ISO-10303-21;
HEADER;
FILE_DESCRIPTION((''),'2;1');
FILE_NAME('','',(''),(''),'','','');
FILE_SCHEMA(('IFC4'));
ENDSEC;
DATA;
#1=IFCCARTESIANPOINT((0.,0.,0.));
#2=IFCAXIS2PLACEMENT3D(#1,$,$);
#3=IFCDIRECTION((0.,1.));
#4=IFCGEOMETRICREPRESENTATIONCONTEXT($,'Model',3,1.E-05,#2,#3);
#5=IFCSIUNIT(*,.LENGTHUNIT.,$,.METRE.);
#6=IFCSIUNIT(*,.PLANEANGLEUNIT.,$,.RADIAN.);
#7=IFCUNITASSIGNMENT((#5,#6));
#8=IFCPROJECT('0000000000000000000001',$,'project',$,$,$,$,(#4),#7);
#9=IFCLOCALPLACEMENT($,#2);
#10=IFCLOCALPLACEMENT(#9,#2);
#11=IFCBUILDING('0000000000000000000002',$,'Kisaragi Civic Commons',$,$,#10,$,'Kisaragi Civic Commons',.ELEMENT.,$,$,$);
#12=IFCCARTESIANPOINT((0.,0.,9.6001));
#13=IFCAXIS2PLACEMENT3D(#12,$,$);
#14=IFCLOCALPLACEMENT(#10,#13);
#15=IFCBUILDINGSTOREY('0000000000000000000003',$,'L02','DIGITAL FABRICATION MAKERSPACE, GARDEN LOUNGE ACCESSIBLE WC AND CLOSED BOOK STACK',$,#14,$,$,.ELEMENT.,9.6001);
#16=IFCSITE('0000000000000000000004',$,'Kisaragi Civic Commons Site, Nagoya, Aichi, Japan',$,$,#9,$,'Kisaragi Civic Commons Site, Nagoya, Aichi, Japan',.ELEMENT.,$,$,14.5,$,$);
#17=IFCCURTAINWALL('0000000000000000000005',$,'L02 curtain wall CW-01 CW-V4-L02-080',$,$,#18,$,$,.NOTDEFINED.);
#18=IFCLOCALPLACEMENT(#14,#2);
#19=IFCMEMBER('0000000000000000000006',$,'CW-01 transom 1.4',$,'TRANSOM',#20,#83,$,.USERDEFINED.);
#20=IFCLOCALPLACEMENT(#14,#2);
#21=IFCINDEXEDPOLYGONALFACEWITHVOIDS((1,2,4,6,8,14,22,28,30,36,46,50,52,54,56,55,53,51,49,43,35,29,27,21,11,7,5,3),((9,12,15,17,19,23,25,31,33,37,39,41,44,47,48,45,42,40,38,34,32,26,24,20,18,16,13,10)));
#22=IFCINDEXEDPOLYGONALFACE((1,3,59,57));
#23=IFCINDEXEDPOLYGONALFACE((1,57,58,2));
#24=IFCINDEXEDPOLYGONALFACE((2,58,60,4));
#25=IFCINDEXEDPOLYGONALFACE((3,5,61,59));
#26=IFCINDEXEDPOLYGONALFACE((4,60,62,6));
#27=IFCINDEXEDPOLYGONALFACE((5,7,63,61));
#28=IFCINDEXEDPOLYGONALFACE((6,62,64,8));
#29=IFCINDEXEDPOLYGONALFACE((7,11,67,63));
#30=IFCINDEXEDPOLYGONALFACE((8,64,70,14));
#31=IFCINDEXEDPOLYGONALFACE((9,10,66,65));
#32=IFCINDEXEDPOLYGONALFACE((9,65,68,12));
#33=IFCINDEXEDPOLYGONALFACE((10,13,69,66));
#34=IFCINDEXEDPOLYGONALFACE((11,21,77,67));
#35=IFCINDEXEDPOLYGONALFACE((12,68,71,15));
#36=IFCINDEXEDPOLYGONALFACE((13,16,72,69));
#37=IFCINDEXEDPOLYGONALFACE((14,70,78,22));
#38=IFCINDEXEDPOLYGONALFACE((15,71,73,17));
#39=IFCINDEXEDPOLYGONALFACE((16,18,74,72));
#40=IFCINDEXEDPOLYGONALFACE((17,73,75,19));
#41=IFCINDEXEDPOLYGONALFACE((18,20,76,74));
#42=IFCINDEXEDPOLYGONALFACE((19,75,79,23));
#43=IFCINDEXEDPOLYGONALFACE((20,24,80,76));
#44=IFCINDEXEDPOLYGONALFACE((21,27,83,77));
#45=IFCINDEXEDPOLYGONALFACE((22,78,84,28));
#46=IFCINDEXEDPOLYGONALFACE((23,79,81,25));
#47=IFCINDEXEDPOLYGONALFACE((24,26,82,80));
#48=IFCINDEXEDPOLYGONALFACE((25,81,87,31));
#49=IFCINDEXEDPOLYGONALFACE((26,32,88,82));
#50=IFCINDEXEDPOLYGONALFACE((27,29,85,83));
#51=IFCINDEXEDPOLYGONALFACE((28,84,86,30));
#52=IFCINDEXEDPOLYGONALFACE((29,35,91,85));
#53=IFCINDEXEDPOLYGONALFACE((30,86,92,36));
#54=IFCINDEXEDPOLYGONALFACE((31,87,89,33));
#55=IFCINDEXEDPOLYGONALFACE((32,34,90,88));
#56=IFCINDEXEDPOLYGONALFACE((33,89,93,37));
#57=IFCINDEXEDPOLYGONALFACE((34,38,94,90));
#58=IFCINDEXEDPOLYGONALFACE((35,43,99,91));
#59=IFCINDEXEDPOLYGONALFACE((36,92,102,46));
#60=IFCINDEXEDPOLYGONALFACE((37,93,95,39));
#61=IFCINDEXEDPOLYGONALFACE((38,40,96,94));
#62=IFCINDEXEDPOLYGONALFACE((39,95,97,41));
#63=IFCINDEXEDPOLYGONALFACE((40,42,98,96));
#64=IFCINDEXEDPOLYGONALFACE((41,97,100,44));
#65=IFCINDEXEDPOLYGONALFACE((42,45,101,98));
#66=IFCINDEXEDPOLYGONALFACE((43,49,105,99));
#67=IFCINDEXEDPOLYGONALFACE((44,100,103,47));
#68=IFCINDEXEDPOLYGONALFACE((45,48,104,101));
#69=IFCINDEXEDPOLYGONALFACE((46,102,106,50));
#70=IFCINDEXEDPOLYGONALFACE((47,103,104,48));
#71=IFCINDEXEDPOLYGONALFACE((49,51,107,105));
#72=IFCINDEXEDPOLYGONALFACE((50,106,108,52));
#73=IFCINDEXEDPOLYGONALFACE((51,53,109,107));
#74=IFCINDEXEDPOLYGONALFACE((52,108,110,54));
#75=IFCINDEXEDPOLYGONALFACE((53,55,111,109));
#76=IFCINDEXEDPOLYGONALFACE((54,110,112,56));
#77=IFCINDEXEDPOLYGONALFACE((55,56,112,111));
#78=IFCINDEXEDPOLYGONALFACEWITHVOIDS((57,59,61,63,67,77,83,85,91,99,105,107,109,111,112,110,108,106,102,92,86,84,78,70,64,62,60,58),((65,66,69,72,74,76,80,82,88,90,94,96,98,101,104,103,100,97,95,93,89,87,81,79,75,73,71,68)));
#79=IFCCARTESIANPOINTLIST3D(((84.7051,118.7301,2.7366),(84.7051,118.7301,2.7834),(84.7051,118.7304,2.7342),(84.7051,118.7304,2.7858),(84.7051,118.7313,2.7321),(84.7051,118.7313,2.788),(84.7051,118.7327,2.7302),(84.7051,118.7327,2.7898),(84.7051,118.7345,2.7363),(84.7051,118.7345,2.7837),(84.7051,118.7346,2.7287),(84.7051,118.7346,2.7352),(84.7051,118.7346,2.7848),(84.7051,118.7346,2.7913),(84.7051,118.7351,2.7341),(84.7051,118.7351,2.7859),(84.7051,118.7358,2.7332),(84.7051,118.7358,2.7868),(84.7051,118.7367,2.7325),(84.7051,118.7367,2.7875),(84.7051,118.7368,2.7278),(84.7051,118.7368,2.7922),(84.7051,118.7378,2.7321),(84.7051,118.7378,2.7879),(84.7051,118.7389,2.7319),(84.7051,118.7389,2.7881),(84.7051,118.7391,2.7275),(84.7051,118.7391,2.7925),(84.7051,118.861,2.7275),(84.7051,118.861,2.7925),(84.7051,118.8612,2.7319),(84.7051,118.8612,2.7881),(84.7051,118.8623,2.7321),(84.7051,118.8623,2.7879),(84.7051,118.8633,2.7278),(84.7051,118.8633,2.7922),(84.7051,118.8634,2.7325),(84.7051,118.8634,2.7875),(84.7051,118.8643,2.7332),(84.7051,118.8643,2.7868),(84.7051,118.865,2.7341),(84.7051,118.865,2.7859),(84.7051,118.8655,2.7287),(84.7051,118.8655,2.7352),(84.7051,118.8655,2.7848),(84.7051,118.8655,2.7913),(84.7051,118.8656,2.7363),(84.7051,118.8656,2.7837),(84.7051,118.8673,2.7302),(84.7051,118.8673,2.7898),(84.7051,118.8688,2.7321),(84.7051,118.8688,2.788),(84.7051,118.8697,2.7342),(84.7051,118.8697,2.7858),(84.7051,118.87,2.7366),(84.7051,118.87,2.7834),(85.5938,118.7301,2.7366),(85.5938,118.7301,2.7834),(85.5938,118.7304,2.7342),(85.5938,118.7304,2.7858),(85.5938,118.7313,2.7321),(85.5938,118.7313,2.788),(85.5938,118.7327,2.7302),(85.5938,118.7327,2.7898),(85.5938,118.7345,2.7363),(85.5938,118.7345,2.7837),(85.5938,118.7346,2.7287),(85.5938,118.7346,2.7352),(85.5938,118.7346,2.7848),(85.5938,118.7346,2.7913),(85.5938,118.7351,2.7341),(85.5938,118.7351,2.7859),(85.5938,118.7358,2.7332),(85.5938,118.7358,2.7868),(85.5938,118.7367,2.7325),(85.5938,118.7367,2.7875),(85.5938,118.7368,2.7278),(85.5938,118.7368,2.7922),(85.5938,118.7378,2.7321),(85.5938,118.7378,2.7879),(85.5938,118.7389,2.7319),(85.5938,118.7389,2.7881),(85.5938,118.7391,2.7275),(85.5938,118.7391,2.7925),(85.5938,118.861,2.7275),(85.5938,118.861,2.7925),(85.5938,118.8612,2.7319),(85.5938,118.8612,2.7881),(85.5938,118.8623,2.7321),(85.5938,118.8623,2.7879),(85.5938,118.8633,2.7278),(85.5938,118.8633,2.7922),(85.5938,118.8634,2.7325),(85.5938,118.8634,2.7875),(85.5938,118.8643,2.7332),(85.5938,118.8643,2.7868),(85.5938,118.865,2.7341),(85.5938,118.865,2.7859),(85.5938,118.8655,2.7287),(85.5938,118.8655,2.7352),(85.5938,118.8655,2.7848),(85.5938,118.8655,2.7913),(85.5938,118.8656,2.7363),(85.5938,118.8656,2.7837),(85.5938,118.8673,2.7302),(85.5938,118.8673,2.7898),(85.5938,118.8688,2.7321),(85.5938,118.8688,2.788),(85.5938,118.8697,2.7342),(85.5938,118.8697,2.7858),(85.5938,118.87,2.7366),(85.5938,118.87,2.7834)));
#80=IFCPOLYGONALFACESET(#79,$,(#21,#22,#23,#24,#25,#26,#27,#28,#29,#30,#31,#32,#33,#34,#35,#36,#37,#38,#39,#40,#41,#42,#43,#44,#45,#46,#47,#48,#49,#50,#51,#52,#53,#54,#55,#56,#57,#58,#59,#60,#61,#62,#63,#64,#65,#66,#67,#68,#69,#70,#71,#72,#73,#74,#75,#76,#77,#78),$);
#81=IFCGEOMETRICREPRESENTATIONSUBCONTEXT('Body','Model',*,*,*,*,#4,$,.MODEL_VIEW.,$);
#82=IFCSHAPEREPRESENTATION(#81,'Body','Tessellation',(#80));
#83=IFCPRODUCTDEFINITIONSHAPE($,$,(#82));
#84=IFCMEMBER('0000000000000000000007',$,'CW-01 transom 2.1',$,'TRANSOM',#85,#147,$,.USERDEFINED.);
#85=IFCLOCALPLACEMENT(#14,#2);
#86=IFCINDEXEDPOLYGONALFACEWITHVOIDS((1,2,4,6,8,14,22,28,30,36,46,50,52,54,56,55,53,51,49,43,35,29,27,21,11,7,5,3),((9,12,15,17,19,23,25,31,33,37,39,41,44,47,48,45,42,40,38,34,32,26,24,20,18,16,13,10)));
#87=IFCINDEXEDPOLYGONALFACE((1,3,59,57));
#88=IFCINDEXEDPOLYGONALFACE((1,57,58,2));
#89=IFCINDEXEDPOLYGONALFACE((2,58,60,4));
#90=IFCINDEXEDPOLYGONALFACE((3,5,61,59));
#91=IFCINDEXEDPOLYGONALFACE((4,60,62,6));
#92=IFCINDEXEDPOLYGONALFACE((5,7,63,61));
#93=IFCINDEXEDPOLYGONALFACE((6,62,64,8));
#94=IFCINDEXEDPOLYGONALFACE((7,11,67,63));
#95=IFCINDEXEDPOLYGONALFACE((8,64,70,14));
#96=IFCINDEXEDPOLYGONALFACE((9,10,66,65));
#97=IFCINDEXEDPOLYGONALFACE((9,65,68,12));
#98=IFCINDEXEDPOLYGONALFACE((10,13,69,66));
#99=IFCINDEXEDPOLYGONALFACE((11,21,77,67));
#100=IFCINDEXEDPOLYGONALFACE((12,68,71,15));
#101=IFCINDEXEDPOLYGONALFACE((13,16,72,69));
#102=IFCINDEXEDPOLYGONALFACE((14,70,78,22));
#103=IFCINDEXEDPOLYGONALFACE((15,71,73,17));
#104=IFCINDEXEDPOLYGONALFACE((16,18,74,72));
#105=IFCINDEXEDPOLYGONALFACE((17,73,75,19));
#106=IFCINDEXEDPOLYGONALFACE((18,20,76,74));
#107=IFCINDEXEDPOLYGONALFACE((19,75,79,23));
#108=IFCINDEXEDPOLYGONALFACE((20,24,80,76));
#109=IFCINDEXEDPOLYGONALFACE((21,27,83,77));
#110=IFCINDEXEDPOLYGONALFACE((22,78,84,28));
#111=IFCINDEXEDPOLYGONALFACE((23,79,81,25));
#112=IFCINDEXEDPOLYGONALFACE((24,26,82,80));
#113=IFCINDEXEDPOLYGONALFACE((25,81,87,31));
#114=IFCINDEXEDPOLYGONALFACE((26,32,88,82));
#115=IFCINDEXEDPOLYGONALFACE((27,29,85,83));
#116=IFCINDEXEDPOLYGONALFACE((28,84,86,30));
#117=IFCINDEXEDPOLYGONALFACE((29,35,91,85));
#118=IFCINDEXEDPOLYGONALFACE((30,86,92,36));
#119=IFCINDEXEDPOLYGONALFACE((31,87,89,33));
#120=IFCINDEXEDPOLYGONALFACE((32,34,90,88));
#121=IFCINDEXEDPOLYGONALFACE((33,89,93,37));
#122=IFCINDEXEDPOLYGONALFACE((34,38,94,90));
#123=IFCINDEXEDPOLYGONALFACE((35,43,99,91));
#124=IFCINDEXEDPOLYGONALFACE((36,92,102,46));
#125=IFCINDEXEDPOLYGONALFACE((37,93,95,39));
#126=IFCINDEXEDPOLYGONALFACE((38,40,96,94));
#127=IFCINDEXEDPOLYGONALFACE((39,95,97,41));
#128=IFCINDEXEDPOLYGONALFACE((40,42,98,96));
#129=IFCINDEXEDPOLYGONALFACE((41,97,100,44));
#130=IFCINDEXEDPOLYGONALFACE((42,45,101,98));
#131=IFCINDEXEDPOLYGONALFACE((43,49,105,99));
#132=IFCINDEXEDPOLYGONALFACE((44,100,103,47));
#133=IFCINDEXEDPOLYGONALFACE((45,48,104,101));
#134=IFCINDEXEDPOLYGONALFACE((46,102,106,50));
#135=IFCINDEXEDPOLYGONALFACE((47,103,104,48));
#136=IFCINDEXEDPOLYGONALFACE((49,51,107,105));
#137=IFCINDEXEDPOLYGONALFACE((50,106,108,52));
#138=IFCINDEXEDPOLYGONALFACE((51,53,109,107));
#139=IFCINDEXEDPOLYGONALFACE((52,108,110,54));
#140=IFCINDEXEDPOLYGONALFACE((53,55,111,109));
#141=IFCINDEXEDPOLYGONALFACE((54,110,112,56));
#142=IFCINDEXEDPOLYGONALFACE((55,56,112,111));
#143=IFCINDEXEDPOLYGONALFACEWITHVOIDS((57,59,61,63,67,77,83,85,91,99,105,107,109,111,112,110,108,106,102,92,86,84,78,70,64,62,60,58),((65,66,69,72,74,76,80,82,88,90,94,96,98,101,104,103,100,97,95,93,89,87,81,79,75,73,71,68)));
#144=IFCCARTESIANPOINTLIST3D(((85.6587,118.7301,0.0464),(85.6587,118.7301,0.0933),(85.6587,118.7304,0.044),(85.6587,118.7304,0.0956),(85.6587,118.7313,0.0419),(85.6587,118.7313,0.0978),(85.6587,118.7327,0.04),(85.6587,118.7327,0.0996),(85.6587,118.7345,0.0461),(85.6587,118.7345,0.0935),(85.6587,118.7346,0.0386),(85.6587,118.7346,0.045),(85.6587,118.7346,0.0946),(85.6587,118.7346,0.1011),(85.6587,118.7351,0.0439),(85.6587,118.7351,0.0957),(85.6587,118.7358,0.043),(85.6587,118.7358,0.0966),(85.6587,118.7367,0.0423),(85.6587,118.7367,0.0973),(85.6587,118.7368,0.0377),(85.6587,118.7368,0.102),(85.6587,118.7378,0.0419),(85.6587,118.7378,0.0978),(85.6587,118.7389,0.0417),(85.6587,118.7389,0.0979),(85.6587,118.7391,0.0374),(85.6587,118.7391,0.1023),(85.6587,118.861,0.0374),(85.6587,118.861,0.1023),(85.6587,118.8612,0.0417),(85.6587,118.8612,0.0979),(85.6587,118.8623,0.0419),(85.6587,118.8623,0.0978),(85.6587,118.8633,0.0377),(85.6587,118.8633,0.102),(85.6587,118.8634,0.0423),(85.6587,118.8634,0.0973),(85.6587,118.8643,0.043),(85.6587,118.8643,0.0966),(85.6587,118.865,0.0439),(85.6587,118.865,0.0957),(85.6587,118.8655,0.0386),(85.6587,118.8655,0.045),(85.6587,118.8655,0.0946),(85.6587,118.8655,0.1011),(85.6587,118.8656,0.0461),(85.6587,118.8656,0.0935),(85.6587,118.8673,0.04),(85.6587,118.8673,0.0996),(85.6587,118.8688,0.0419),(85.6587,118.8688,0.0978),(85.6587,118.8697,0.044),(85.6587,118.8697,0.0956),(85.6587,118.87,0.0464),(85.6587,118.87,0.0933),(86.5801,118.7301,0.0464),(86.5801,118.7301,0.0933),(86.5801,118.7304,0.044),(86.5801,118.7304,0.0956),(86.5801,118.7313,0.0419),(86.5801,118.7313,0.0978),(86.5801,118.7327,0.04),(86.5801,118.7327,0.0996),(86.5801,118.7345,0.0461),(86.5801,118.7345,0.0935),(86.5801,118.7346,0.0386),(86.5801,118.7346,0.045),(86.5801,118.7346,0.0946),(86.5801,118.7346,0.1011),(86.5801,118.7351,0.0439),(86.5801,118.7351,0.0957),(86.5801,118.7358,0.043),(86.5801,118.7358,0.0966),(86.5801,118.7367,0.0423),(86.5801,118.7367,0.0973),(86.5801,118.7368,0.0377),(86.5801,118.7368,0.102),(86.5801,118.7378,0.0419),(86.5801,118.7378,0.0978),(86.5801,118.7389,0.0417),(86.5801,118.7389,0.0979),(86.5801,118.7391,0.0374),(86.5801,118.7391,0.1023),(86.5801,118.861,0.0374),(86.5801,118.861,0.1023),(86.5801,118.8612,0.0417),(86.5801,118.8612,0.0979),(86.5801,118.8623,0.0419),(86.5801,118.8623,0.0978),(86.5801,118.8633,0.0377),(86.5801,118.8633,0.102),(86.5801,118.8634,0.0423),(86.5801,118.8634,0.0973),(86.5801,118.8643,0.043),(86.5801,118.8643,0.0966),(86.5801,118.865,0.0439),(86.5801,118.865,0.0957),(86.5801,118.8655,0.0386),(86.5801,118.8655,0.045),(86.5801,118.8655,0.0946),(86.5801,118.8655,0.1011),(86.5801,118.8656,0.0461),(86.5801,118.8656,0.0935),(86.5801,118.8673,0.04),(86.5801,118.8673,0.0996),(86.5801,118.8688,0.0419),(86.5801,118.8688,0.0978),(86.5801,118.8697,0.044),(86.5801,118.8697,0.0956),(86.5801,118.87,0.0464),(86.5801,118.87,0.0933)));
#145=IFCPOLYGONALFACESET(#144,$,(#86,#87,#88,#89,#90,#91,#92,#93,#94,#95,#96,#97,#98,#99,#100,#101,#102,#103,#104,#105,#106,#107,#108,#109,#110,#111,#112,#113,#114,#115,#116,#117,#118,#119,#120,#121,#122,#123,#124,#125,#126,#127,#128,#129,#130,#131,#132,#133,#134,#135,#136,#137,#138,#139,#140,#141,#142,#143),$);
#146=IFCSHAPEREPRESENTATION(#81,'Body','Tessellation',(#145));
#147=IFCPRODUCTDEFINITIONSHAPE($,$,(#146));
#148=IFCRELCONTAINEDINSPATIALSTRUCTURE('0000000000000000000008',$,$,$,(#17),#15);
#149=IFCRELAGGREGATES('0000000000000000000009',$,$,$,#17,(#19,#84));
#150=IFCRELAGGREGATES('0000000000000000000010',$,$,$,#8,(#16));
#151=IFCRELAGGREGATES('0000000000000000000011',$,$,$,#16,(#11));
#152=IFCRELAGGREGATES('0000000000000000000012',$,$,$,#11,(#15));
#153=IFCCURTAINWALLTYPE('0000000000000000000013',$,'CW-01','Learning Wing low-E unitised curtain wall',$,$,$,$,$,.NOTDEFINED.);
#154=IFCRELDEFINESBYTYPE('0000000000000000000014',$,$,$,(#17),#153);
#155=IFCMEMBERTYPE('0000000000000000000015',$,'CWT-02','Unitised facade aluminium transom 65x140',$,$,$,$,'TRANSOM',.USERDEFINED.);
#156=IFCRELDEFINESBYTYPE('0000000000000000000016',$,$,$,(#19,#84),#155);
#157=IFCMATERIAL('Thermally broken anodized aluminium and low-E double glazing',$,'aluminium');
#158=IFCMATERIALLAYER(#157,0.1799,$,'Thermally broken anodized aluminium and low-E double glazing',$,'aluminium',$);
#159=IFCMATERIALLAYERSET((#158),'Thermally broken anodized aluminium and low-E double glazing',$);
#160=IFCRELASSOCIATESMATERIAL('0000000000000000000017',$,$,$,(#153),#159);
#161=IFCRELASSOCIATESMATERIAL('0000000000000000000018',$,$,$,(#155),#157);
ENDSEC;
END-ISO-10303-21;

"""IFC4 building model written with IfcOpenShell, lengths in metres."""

from ifc_helpers import new_model, si_unit, direction, frame, origin, origin_2d, place, context, subcontext, project, spatial, hollow_rectangle, extrude, material, layer, layer_set, material_profile, profile_set, type_object, element, aggregate, save


model = new_model("IFC4")

# Units and contexts
model_context = context("Model", 3, precision=1e-05, world=origin(), true_north=direction((0.0, 1.0)))
body_context = subcontext(model_context, "Body", "Model", "MODEL_VIEW")
ifc_project = project(units=[si_unit("LENGTHUNIT", "METRE"), si_unit("PLANEANGLEUNIT", "RADIAN")], contexts=[model_context])

# Site, building, storey
site_placement = place(None, origin())
site = spatial("IfcSite", under=ifc_project, at=site_placement, Name="Kisaragi Civic Commons Site, Nagoya, Aichi, Japan", LongName="Kisaragi Civic Commons Site, Nagoya, Aichi, Japan", CompositionType="ELEMENT", RefElevation=14.5)
building_placement = place(site_placement, origin())
building = spatial("IfcBuilding", under=site, at=building_placement, Name="Kisaragi Civic Commons", LongName="Kisaragi Civic Commons", CompositionType="ELEMENT")
storey_placement = place(building_placement, frame((0.0, 0.0, 9.6001)))
storey = spatial("IfcBuildingStorey", under=building, at=storey_placement, Name="L02", Description="DIGITAL FABRICATION MAKERSPACE, GARDEN LOUNGE ACCESSIBLE WC AND CLOSED BOOK STACK", CompositionType="ELEMENT", Elevation=9.6001)

# Shared definitions
ifc_material_1 = material(Name="Thermally broken anodized aluminium and low-E double glazing", Category="aluminium")
ifc_layer_1 = layer(ifc_material_1, 0.1799, Name="Thermally broken anodized aluminium and low-E double glazing", Category="aluminium")
ifc_layer_set_1 = layer_set([ifc_layer_1], Name="Thermally broken anodized aluminium and low-E double glazing")
curtain_wall_type = type_object("IfcCurtainWallType", Name="CW-01", Description="Learning Wing low-E unitised curtain wall", PredefinedType="NOTDEFINED", material=ifc_layer_set_1)

# Curtain wall
curtain_wall_1_placement = place(storey_placement, origin())
curtain_wall_1 = element("IfcCurtainWall", 1, at=curtain_wall_1_placement, inside=storey, type_object=curtain_wall_type, Name="L02 curtain wall CW-01 CW-V4-L02-080", PredefinedType="NOTDEFINED")

# Members
ifc_material_profile_1 = material_profile(ifc_material_1, hollow_rectangle(XDim=0.1399, YDim=0.0649, WallThickness=0.0044, InnerFilletRadius=0.0044, OuterFilletRadius=0.009, at=origin_2d()), Name="CWT-65x140x4.5", Category="aluminium")
ifc_profile_set_1 = profile_set([ifc_material_profile_1], Name="Thermally broken anodized aluminium and low-E double glazing")
member_type_1 = type_object("IfcMemberType", Name="CWT-02", Description="Unitised facade aluminium transom 65x140", ElementType="TRANSOM", PredefinedType="USERDEFINED", material=ifc_profile_set_1)
member_1_placement = place(storey_placement, frame((84.7051, 118.8, 2.76), z_axis=(1.0, 0.0, 0.0), x_axis=(0.0, 1.0, 0.0)))
member_1 = element("IfcMember", 2, at=member_1_placement, type_object=member_type_1, Name="CW-01 transom 1.4", ObjectType="TRANSOM", PredefinedType="USERDEFINED", context=body_context, shape_type="SweptSolid", body=[
    extrude(hollow_rectangle(XDim=0.1399, YDim=0.0649, WallThickness=0.0044, InnerFilletRadius=0.0044, OuterFilletRadius=0.009, at=origin_2d()), origin(), (0.0, 0.0, 1.0), 0.8887),
])
member_2_placement = place(storey_placement, frame((85.6587, 118.8, 0.0698), z_axis=(1.0, 0.0, 0.0), x_axis=(0.0, 1.0, 0.0)))
member_2 = element("IfcMember", 3, at=member_2_placement, type_object=member_type_1, Name="CW-01 transom 2.1", ObjectType="TRANSOM", PredefinedType="USERDEFINED", context=body_context, shape_type="SweptSolid", body=[
    extrude(hollow_rectangle(XDim=0.1399, YDim=0.0649, WallThickness=0.0044, InnerFilletRadius=0.0044, OuterFilletRadius=0.009, at=origin_2d()), origin(), (0.0, 0.0, 1.0), 0.9214),
])

aggregate(curtain_wall_1, [member_1, member_2])

save(model, "model.ifc")
